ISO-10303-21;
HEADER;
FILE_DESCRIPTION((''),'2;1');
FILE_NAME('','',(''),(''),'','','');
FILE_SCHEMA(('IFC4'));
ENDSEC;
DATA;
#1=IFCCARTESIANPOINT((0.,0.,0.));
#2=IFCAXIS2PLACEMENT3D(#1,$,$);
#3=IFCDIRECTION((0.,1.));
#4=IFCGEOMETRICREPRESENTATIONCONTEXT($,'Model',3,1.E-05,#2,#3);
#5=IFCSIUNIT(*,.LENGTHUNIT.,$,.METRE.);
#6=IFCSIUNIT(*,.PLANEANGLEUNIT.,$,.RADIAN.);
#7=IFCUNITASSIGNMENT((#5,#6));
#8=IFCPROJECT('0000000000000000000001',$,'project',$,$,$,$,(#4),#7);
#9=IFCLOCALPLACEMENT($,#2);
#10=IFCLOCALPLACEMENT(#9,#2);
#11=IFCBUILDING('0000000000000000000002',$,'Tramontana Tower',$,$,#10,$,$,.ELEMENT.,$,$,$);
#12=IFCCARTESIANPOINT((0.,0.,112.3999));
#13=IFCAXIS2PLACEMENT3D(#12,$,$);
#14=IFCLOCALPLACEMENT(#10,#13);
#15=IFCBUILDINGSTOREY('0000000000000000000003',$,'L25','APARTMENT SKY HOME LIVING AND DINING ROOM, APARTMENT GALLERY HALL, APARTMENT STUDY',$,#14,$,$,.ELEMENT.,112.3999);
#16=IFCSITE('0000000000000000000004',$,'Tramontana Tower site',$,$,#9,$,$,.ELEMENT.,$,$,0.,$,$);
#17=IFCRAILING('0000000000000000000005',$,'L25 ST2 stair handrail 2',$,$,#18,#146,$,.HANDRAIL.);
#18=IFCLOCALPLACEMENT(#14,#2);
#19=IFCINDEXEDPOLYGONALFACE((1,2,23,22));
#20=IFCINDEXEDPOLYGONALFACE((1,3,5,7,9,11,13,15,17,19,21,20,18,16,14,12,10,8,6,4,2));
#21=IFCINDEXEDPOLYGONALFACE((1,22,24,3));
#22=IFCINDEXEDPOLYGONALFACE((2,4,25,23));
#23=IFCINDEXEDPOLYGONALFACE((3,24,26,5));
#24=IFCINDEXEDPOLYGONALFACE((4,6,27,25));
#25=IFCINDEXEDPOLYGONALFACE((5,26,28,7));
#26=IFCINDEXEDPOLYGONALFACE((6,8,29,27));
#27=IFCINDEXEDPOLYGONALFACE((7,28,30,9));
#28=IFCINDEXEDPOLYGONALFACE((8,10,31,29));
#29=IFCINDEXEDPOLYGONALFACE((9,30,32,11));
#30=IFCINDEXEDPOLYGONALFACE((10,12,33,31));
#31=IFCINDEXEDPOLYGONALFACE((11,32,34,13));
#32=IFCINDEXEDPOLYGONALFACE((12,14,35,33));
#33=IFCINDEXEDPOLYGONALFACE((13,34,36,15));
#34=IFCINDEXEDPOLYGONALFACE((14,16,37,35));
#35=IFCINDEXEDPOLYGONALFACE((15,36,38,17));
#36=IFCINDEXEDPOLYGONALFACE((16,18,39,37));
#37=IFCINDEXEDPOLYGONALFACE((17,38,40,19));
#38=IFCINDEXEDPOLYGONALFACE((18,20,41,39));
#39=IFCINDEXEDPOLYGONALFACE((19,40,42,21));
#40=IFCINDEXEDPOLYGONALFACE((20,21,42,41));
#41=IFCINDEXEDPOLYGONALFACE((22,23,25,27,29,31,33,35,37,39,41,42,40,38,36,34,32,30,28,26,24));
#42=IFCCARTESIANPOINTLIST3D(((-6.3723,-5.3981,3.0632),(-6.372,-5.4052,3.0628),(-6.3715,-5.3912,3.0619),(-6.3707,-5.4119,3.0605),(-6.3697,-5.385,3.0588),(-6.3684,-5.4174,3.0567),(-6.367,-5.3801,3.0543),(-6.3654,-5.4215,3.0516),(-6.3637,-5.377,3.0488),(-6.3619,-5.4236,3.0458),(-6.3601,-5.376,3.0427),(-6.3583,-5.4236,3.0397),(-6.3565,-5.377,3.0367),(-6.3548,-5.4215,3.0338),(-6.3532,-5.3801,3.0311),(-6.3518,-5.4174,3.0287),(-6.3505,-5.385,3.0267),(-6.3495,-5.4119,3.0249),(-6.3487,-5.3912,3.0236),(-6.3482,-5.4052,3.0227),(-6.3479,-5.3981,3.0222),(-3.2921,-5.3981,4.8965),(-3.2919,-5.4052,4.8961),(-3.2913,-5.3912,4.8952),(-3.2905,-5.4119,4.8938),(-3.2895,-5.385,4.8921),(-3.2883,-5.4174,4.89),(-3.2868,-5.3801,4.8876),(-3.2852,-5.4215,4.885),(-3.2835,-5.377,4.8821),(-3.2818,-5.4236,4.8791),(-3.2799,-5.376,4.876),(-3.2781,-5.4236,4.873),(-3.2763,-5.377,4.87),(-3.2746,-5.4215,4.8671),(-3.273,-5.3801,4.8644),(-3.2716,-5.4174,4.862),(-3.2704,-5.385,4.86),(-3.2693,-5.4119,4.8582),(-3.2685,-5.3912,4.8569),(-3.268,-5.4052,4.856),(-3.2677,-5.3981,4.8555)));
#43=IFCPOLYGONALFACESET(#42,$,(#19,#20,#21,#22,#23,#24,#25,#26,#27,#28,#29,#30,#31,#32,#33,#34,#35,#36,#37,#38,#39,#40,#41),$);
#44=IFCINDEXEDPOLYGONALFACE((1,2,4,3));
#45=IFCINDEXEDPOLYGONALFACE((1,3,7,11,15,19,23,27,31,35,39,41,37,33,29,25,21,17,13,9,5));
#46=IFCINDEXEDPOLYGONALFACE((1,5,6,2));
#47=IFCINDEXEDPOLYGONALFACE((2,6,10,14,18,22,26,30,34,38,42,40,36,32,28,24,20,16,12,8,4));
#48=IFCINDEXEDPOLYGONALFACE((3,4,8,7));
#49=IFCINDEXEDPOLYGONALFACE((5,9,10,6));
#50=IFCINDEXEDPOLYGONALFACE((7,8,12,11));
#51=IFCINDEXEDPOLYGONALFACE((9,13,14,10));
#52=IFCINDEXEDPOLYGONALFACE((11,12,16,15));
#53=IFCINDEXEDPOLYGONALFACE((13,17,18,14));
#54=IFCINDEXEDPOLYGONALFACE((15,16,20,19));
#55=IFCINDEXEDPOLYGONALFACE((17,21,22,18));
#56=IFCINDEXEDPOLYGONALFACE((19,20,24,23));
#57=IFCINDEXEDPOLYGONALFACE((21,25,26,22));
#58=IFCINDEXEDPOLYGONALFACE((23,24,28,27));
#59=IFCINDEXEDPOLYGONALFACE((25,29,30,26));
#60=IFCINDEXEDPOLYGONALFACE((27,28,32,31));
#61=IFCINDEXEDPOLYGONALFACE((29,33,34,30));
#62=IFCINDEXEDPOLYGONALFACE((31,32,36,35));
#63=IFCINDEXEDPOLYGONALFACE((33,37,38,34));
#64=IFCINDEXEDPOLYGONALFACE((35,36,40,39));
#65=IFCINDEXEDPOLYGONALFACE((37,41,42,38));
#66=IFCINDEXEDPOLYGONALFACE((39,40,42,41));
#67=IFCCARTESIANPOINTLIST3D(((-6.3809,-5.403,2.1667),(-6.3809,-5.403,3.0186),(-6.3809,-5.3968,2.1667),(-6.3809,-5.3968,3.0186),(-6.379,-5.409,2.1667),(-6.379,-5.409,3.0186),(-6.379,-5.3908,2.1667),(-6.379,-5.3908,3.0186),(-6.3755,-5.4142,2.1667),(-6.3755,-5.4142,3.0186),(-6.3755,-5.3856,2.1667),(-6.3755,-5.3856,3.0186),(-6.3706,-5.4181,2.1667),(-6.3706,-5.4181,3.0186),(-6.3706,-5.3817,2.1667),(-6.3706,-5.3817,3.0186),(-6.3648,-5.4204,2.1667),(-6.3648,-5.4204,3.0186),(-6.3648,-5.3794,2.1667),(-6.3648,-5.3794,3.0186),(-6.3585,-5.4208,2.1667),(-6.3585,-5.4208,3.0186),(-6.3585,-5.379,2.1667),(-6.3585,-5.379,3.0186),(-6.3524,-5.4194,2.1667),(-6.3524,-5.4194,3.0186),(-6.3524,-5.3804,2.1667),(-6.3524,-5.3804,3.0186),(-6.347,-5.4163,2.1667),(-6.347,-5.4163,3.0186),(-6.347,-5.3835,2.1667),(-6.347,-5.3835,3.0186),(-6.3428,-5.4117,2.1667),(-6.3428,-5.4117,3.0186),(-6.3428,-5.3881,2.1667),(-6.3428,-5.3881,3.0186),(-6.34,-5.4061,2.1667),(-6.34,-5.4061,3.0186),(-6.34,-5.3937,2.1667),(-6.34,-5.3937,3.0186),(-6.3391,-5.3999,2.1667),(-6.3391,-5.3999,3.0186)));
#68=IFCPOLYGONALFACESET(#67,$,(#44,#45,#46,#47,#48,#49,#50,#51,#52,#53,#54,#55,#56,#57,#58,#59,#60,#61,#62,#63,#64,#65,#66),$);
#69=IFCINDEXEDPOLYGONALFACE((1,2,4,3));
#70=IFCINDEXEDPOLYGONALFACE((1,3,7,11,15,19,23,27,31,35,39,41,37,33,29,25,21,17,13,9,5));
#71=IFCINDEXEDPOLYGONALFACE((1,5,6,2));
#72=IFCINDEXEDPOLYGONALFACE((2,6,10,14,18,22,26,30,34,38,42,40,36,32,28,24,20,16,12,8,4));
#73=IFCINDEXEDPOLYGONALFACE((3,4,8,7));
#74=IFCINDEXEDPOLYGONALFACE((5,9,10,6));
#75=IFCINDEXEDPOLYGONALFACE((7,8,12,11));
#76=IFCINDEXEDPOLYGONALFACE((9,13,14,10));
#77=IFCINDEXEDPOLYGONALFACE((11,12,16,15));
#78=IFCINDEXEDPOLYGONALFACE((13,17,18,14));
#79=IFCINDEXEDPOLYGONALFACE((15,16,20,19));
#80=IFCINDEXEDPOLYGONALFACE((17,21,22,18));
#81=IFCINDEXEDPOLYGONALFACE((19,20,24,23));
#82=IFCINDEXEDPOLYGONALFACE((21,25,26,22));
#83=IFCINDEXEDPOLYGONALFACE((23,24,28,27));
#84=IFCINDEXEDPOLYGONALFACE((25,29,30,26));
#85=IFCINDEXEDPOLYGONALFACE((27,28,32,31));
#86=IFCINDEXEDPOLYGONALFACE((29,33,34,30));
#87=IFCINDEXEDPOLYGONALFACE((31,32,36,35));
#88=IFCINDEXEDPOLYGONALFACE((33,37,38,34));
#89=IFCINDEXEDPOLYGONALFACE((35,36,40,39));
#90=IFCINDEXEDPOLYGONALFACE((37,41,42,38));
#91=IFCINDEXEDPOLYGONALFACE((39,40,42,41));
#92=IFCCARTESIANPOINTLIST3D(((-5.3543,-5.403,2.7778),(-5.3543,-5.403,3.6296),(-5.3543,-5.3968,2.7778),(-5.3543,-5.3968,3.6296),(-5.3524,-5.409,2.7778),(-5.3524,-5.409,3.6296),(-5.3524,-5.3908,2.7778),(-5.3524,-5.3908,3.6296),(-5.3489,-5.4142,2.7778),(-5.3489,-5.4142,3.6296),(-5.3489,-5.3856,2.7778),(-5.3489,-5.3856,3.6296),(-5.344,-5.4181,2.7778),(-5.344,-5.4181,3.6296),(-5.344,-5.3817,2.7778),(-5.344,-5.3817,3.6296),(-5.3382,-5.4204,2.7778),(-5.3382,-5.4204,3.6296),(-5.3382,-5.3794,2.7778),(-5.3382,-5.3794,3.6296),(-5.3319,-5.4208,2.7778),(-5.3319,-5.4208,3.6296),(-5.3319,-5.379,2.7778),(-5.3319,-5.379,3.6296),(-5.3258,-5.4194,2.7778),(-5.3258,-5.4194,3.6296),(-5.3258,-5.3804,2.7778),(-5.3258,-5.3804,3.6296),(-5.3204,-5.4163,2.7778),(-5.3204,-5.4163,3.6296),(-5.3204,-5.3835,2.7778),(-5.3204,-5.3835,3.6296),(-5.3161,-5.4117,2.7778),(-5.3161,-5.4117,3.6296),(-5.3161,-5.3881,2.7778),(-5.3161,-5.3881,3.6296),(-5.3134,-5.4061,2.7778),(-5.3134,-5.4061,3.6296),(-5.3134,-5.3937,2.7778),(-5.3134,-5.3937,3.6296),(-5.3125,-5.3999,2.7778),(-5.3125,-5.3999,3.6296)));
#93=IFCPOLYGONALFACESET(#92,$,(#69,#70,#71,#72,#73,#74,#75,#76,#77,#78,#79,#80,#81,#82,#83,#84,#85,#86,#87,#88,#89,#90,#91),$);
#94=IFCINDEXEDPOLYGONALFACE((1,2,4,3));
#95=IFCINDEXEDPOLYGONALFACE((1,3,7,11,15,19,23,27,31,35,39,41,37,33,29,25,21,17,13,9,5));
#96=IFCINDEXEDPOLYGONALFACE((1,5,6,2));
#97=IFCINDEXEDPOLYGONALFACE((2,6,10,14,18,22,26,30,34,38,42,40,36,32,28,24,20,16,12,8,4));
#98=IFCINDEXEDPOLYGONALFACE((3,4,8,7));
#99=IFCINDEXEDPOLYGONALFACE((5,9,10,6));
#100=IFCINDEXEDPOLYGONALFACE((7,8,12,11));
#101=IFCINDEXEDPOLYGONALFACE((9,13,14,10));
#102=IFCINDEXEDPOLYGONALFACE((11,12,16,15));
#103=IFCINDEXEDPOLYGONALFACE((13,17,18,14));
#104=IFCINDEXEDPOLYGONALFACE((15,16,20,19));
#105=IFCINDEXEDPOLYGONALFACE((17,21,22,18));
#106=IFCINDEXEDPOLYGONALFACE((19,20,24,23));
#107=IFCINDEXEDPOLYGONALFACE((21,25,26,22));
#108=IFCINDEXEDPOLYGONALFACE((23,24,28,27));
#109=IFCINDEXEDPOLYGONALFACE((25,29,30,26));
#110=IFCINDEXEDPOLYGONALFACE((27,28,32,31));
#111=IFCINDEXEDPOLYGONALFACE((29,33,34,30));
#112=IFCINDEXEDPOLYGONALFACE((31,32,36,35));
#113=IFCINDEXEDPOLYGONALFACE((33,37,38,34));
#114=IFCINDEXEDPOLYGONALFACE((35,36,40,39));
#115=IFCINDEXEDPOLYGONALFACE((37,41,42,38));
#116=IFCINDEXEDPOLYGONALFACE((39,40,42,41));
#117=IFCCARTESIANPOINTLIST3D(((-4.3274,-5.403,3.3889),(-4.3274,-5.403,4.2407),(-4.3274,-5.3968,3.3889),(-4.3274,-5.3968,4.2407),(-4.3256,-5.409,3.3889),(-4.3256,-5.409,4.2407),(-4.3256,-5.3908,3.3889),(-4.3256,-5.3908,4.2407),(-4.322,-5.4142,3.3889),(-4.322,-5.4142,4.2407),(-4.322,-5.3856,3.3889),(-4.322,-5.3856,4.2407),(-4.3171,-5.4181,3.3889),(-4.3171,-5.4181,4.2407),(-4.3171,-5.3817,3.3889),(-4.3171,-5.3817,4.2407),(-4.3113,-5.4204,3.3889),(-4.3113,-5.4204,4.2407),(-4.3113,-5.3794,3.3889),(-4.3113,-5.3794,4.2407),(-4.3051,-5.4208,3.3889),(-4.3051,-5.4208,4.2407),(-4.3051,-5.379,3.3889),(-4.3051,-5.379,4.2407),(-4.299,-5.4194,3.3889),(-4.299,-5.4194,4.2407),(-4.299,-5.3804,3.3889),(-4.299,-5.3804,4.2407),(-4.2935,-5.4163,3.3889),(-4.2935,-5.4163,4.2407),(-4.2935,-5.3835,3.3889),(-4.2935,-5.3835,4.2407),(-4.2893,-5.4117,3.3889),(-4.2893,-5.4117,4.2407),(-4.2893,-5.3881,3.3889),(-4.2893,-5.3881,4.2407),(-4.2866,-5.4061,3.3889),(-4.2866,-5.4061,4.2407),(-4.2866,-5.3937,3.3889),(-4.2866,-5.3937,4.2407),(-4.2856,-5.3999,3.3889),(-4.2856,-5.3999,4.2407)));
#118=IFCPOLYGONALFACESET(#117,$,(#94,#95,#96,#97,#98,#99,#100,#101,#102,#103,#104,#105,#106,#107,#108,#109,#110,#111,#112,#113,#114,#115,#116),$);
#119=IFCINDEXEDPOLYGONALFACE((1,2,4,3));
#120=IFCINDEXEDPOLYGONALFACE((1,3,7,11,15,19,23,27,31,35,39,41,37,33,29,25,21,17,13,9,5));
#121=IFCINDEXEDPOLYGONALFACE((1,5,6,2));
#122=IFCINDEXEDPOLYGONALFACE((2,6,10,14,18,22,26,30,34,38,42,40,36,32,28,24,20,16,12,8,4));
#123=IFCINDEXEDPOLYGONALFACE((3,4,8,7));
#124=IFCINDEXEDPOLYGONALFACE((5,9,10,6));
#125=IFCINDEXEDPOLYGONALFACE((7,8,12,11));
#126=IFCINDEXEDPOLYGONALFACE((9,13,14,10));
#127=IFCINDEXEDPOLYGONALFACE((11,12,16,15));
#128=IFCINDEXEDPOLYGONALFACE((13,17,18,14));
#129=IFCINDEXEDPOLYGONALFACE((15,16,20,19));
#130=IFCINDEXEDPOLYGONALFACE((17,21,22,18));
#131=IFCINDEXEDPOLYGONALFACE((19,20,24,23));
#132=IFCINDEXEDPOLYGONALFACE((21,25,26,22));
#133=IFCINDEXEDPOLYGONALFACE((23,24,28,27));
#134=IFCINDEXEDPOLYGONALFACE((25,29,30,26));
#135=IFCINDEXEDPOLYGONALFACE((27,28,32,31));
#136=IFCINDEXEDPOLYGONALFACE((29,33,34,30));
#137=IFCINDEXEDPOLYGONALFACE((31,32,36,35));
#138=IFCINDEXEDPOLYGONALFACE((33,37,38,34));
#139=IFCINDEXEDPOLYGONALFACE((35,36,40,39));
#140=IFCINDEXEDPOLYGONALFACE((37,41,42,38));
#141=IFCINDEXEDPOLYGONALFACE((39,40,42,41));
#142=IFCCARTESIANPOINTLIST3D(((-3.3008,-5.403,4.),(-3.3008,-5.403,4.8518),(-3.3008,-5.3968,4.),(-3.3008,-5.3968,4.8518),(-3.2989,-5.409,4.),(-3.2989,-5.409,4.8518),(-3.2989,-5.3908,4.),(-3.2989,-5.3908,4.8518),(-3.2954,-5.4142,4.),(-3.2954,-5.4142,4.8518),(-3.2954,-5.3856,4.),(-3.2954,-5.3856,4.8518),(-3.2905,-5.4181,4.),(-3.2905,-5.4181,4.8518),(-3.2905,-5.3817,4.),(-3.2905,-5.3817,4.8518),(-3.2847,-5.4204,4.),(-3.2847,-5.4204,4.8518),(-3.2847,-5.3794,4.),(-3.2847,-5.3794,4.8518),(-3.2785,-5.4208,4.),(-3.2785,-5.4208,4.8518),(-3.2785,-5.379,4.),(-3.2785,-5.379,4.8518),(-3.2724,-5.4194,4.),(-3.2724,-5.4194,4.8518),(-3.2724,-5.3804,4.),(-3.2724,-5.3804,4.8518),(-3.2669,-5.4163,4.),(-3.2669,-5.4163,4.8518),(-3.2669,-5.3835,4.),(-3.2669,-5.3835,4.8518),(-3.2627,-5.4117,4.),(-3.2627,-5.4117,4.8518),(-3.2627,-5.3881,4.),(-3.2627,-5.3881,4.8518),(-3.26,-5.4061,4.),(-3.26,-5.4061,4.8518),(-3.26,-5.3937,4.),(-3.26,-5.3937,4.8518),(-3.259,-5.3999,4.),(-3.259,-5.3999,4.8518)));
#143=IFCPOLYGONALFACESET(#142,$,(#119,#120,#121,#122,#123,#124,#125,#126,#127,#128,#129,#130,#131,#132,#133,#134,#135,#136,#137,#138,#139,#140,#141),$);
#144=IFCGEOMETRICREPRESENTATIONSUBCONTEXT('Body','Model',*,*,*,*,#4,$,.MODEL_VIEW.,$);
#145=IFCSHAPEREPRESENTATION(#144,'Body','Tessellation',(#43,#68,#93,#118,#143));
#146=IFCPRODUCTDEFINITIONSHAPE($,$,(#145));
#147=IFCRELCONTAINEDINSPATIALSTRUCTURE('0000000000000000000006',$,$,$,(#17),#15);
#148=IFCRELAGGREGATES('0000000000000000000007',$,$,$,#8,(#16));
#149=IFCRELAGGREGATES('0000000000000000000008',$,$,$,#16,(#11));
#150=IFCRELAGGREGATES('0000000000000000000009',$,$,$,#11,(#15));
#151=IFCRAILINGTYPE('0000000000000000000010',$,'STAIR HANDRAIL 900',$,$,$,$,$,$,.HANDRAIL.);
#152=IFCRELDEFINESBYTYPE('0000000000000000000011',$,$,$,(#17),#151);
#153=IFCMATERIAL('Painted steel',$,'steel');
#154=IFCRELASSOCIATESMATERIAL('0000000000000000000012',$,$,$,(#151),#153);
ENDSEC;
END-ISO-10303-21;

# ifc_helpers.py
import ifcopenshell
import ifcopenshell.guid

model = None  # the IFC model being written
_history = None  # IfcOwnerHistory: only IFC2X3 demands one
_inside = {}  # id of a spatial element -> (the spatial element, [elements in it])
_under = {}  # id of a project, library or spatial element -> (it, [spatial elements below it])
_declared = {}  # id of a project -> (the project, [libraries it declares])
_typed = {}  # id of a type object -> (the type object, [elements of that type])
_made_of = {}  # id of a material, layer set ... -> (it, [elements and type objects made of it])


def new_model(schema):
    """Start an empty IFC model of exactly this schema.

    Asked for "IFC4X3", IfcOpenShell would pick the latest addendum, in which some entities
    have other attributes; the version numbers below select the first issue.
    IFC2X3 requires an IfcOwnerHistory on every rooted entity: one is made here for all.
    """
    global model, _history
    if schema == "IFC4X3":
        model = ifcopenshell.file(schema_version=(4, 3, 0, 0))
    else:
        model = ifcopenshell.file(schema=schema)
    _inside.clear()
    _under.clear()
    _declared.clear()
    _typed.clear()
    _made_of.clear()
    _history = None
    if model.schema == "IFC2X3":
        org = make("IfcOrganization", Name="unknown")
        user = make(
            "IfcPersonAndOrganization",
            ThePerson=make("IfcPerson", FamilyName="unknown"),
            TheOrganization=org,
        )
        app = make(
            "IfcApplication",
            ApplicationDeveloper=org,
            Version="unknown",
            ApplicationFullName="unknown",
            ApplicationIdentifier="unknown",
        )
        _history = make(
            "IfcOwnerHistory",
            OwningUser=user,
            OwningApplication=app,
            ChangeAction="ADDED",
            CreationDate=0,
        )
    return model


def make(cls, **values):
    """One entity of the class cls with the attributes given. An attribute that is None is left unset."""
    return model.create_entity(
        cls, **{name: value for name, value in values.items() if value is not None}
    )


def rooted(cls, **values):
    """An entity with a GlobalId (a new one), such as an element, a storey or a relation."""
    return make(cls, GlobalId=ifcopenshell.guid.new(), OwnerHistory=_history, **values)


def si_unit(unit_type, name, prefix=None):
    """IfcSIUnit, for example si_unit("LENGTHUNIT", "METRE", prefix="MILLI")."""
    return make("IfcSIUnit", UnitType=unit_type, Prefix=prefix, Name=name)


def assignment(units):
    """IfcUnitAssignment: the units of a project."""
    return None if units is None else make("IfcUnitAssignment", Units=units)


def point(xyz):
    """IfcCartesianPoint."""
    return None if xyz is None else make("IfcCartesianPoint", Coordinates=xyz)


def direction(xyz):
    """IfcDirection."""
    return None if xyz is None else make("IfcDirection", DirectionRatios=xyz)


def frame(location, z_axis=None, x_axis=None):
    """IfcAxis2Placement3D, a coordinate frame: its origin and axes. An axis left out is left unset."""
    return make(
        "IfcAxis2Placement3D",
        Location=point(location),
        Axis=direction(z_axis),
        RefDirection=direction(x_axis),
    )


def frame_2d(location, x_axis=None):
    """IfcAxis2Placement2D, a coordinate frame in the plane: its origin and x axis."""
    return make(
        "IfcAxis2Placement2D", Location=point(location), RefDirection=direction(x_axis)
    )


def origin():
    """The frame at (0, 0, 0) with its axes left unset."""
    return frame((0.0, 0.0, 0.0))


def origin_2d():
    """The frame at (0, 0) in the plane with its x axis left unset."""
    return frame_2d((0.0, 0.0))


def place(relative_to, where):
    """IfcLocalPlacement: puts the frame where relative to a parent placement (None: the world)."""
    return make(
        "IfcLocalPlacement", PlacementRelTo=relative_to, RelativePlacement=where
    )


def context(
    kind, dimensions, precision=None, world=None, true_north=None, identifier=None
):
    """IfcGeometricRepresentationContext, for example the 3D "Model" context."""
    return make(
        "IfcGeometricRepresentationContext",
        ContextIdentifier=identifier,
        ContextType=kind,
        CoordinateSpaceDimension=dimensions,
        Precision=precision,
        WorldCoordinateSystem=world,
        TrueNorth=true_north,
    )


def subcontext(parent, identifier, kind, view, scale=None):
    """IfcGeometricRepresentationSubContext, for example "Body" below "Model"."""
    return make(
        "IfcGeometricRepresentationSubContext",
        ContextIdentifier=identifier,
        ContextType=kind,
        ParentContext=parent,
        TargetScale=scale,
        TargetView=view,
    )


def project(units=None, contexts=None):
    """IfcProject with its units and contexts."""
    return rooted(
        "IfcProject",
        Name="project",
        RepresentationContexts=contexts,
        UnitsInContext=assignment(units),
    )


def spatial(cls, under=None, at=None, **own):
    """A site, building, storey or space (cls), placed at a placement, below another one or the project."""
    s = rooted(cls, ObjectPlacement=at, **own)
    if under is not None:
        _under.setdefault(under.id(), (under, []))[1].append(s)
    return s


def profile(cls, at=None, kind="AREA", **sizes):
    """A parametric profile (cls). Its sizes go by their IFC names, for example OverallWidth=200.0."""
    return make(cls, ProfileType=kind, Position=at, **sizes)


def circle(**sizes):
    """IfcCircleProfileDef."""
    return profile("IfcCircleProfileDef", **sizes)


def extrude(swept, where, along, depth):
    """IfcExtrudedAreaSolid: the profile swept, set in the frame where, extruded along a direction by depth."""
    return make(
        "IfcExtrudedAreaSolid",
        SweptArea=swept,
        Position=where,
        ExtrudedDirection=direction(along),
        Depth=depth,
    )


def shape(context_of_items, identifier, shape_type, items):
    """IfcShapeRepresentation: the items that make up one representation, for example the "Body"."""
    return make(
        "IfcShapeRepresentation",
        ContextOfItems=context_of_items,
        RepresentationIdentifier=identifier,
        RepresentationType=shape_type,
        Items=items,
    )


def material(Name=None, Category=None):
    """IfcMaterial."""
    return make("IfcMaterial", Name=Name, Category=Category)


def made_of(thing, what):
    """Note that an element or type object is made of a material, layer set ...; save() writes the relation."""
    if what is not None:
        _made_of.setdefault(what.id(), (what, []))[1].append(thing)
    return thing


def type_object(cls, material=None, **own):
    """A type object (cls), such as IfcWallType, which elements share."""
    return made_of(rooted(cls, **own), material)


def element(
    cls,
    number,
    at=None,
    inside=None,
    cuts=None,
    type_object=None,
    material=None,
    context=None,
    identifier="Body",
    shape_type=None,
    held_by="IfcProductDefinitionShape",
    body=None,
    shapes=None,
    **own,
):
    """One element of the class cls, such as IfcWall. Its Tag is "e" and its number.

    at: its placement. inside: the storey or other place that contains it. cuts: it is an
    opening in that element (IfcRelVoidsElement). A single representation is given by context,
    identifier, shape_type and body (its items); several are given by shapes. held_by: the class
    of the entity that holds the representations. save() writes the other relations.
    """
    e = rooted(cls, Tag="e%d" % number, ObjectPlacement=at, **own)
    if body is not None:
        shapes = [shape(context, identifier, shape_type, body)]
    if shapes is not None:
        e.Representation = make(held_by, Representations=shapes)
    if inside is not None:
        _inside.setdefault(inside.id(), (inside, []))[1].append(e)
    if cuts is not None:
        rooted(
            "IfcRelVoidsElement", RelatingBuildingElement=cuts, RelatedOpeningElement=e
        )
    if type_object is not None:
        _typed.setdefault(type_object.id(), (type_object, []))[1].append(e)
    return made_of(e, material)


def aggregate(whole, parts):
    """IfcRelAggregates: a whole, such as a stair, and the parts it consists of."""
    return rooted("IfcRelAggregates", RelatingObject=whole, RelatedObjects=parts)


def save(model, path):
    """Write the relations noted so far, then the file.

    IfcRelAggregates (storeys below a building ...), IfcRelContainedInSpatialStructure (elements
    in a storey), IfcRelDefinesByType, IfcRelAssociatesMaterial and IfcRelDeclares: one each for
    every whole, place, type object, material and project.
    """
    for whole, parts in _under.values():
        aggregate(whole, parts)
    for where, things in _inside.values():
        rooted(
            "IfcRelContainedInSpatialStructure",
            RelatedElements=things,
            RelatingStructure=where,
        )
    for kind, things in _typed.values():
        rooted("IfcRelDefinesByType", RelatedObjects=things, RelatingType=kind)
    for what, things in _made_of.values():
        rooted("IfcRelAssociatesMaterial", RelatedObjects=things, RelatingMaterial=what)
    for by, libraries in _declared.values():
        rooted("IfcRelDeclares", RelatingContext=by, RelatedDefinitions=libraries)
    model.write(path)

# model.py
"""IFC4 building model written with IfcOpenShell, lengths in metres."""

from ifc_helpers import new_model, si_unit, direction, frame, origin, origin_2d, place, context, subcontext, project, spatial, circle, extrude, material, type_object, element, save


model = new_model("IFC4")

# Units and contexts
model_context = context("Model", 3, precision=1e-05, world=origin(), true_north=direction((0.0, 1.0)))
body_context = subcontext(model_context, "Body", "Model", "MODEL_VIEW")
ifc_project = project(units=[si_unit("LENGTHUNIT", "METRE"), si_unit("PLANEANGLEUNIT", "RADIAN")], contexts=[model_context])

# Site, building, storey
site_placement = place(None, origin())
site = spatial("IfcSite", under=ifc_project, at=site_placement, Name="Tramontana Tower site", CompositionType="ELEMENT", RefElevation=0.0)
building_placement = place(site_placement, origin())
building = spatial("IfcBuilding", under=site, at=building_placement, Name="Tramontana Tower", CompositionType="ELEMENT")
storey_placement = place(building_placement, frame((0.0, 0.0, 112.3999)))
storey = spatial("IfcBuildingStorey", under=building, at=storey_placement, Name="L25", Description="APARTMENT SKY HOME LIVING AND DINING ROOM, APARTMENT GALLERY HALL, APARTMENT STUDY", CompositionType="ELEMENT", Elevation=112.3999)

# Railing
ifc_material_1 = material(Name="Painted steel", Category="steel")
railing_type_1 = type_object("IfcRailingType", Name="STAIR HANDRAIL 900", PredefinedType="HANDRAIL", material=ifc_material_1)
railing_1_placement = place(storey_placement, frame((-6.3601, -5.3999, 2.1667)))
element("IfcRailing", 1, at=railing_1_placement, inside=storey, type_object=railing_type_1, Name="L25 ST2 stair handrail 2", PredefinedType="HANDRAIL", context=body_context, shape_type="SweptSolid", body=[
    extrude(circle(Radius=0.0239, at=origin_2d()), frame((0.0, 0.0, 0.876), z_axis=(0.859309, 0.0, 0.511458), x_axis=(0.0, 1.0, 0.0)), (0.0, 0.0, 1.0), 3.5845),
    extrude(circle(Radius=0.021, at=origin_2d()), origin(), (0.0, 0.0, 1.0), 0.8518),
    extrude(circle(Radius=0.021, at=origin_2d()), frame((1.0266, 0.0, 0.6111)), (0.0, 0.0, 1.0), 0.8518),
    extrude(circle(Radius=0.021, at=origin_2d()), frame((2.0535, 0.0, 1.2222)), (0.0, 0.0, 1.0), 0.8518),
    extrude(circle(Radius=0.021, at=origin_2d()), frame((3.0801, 0.0, 1.8333)), (0.0, 0.0, 1.0), 0.8518),
])

save(model, "model.ifc")
